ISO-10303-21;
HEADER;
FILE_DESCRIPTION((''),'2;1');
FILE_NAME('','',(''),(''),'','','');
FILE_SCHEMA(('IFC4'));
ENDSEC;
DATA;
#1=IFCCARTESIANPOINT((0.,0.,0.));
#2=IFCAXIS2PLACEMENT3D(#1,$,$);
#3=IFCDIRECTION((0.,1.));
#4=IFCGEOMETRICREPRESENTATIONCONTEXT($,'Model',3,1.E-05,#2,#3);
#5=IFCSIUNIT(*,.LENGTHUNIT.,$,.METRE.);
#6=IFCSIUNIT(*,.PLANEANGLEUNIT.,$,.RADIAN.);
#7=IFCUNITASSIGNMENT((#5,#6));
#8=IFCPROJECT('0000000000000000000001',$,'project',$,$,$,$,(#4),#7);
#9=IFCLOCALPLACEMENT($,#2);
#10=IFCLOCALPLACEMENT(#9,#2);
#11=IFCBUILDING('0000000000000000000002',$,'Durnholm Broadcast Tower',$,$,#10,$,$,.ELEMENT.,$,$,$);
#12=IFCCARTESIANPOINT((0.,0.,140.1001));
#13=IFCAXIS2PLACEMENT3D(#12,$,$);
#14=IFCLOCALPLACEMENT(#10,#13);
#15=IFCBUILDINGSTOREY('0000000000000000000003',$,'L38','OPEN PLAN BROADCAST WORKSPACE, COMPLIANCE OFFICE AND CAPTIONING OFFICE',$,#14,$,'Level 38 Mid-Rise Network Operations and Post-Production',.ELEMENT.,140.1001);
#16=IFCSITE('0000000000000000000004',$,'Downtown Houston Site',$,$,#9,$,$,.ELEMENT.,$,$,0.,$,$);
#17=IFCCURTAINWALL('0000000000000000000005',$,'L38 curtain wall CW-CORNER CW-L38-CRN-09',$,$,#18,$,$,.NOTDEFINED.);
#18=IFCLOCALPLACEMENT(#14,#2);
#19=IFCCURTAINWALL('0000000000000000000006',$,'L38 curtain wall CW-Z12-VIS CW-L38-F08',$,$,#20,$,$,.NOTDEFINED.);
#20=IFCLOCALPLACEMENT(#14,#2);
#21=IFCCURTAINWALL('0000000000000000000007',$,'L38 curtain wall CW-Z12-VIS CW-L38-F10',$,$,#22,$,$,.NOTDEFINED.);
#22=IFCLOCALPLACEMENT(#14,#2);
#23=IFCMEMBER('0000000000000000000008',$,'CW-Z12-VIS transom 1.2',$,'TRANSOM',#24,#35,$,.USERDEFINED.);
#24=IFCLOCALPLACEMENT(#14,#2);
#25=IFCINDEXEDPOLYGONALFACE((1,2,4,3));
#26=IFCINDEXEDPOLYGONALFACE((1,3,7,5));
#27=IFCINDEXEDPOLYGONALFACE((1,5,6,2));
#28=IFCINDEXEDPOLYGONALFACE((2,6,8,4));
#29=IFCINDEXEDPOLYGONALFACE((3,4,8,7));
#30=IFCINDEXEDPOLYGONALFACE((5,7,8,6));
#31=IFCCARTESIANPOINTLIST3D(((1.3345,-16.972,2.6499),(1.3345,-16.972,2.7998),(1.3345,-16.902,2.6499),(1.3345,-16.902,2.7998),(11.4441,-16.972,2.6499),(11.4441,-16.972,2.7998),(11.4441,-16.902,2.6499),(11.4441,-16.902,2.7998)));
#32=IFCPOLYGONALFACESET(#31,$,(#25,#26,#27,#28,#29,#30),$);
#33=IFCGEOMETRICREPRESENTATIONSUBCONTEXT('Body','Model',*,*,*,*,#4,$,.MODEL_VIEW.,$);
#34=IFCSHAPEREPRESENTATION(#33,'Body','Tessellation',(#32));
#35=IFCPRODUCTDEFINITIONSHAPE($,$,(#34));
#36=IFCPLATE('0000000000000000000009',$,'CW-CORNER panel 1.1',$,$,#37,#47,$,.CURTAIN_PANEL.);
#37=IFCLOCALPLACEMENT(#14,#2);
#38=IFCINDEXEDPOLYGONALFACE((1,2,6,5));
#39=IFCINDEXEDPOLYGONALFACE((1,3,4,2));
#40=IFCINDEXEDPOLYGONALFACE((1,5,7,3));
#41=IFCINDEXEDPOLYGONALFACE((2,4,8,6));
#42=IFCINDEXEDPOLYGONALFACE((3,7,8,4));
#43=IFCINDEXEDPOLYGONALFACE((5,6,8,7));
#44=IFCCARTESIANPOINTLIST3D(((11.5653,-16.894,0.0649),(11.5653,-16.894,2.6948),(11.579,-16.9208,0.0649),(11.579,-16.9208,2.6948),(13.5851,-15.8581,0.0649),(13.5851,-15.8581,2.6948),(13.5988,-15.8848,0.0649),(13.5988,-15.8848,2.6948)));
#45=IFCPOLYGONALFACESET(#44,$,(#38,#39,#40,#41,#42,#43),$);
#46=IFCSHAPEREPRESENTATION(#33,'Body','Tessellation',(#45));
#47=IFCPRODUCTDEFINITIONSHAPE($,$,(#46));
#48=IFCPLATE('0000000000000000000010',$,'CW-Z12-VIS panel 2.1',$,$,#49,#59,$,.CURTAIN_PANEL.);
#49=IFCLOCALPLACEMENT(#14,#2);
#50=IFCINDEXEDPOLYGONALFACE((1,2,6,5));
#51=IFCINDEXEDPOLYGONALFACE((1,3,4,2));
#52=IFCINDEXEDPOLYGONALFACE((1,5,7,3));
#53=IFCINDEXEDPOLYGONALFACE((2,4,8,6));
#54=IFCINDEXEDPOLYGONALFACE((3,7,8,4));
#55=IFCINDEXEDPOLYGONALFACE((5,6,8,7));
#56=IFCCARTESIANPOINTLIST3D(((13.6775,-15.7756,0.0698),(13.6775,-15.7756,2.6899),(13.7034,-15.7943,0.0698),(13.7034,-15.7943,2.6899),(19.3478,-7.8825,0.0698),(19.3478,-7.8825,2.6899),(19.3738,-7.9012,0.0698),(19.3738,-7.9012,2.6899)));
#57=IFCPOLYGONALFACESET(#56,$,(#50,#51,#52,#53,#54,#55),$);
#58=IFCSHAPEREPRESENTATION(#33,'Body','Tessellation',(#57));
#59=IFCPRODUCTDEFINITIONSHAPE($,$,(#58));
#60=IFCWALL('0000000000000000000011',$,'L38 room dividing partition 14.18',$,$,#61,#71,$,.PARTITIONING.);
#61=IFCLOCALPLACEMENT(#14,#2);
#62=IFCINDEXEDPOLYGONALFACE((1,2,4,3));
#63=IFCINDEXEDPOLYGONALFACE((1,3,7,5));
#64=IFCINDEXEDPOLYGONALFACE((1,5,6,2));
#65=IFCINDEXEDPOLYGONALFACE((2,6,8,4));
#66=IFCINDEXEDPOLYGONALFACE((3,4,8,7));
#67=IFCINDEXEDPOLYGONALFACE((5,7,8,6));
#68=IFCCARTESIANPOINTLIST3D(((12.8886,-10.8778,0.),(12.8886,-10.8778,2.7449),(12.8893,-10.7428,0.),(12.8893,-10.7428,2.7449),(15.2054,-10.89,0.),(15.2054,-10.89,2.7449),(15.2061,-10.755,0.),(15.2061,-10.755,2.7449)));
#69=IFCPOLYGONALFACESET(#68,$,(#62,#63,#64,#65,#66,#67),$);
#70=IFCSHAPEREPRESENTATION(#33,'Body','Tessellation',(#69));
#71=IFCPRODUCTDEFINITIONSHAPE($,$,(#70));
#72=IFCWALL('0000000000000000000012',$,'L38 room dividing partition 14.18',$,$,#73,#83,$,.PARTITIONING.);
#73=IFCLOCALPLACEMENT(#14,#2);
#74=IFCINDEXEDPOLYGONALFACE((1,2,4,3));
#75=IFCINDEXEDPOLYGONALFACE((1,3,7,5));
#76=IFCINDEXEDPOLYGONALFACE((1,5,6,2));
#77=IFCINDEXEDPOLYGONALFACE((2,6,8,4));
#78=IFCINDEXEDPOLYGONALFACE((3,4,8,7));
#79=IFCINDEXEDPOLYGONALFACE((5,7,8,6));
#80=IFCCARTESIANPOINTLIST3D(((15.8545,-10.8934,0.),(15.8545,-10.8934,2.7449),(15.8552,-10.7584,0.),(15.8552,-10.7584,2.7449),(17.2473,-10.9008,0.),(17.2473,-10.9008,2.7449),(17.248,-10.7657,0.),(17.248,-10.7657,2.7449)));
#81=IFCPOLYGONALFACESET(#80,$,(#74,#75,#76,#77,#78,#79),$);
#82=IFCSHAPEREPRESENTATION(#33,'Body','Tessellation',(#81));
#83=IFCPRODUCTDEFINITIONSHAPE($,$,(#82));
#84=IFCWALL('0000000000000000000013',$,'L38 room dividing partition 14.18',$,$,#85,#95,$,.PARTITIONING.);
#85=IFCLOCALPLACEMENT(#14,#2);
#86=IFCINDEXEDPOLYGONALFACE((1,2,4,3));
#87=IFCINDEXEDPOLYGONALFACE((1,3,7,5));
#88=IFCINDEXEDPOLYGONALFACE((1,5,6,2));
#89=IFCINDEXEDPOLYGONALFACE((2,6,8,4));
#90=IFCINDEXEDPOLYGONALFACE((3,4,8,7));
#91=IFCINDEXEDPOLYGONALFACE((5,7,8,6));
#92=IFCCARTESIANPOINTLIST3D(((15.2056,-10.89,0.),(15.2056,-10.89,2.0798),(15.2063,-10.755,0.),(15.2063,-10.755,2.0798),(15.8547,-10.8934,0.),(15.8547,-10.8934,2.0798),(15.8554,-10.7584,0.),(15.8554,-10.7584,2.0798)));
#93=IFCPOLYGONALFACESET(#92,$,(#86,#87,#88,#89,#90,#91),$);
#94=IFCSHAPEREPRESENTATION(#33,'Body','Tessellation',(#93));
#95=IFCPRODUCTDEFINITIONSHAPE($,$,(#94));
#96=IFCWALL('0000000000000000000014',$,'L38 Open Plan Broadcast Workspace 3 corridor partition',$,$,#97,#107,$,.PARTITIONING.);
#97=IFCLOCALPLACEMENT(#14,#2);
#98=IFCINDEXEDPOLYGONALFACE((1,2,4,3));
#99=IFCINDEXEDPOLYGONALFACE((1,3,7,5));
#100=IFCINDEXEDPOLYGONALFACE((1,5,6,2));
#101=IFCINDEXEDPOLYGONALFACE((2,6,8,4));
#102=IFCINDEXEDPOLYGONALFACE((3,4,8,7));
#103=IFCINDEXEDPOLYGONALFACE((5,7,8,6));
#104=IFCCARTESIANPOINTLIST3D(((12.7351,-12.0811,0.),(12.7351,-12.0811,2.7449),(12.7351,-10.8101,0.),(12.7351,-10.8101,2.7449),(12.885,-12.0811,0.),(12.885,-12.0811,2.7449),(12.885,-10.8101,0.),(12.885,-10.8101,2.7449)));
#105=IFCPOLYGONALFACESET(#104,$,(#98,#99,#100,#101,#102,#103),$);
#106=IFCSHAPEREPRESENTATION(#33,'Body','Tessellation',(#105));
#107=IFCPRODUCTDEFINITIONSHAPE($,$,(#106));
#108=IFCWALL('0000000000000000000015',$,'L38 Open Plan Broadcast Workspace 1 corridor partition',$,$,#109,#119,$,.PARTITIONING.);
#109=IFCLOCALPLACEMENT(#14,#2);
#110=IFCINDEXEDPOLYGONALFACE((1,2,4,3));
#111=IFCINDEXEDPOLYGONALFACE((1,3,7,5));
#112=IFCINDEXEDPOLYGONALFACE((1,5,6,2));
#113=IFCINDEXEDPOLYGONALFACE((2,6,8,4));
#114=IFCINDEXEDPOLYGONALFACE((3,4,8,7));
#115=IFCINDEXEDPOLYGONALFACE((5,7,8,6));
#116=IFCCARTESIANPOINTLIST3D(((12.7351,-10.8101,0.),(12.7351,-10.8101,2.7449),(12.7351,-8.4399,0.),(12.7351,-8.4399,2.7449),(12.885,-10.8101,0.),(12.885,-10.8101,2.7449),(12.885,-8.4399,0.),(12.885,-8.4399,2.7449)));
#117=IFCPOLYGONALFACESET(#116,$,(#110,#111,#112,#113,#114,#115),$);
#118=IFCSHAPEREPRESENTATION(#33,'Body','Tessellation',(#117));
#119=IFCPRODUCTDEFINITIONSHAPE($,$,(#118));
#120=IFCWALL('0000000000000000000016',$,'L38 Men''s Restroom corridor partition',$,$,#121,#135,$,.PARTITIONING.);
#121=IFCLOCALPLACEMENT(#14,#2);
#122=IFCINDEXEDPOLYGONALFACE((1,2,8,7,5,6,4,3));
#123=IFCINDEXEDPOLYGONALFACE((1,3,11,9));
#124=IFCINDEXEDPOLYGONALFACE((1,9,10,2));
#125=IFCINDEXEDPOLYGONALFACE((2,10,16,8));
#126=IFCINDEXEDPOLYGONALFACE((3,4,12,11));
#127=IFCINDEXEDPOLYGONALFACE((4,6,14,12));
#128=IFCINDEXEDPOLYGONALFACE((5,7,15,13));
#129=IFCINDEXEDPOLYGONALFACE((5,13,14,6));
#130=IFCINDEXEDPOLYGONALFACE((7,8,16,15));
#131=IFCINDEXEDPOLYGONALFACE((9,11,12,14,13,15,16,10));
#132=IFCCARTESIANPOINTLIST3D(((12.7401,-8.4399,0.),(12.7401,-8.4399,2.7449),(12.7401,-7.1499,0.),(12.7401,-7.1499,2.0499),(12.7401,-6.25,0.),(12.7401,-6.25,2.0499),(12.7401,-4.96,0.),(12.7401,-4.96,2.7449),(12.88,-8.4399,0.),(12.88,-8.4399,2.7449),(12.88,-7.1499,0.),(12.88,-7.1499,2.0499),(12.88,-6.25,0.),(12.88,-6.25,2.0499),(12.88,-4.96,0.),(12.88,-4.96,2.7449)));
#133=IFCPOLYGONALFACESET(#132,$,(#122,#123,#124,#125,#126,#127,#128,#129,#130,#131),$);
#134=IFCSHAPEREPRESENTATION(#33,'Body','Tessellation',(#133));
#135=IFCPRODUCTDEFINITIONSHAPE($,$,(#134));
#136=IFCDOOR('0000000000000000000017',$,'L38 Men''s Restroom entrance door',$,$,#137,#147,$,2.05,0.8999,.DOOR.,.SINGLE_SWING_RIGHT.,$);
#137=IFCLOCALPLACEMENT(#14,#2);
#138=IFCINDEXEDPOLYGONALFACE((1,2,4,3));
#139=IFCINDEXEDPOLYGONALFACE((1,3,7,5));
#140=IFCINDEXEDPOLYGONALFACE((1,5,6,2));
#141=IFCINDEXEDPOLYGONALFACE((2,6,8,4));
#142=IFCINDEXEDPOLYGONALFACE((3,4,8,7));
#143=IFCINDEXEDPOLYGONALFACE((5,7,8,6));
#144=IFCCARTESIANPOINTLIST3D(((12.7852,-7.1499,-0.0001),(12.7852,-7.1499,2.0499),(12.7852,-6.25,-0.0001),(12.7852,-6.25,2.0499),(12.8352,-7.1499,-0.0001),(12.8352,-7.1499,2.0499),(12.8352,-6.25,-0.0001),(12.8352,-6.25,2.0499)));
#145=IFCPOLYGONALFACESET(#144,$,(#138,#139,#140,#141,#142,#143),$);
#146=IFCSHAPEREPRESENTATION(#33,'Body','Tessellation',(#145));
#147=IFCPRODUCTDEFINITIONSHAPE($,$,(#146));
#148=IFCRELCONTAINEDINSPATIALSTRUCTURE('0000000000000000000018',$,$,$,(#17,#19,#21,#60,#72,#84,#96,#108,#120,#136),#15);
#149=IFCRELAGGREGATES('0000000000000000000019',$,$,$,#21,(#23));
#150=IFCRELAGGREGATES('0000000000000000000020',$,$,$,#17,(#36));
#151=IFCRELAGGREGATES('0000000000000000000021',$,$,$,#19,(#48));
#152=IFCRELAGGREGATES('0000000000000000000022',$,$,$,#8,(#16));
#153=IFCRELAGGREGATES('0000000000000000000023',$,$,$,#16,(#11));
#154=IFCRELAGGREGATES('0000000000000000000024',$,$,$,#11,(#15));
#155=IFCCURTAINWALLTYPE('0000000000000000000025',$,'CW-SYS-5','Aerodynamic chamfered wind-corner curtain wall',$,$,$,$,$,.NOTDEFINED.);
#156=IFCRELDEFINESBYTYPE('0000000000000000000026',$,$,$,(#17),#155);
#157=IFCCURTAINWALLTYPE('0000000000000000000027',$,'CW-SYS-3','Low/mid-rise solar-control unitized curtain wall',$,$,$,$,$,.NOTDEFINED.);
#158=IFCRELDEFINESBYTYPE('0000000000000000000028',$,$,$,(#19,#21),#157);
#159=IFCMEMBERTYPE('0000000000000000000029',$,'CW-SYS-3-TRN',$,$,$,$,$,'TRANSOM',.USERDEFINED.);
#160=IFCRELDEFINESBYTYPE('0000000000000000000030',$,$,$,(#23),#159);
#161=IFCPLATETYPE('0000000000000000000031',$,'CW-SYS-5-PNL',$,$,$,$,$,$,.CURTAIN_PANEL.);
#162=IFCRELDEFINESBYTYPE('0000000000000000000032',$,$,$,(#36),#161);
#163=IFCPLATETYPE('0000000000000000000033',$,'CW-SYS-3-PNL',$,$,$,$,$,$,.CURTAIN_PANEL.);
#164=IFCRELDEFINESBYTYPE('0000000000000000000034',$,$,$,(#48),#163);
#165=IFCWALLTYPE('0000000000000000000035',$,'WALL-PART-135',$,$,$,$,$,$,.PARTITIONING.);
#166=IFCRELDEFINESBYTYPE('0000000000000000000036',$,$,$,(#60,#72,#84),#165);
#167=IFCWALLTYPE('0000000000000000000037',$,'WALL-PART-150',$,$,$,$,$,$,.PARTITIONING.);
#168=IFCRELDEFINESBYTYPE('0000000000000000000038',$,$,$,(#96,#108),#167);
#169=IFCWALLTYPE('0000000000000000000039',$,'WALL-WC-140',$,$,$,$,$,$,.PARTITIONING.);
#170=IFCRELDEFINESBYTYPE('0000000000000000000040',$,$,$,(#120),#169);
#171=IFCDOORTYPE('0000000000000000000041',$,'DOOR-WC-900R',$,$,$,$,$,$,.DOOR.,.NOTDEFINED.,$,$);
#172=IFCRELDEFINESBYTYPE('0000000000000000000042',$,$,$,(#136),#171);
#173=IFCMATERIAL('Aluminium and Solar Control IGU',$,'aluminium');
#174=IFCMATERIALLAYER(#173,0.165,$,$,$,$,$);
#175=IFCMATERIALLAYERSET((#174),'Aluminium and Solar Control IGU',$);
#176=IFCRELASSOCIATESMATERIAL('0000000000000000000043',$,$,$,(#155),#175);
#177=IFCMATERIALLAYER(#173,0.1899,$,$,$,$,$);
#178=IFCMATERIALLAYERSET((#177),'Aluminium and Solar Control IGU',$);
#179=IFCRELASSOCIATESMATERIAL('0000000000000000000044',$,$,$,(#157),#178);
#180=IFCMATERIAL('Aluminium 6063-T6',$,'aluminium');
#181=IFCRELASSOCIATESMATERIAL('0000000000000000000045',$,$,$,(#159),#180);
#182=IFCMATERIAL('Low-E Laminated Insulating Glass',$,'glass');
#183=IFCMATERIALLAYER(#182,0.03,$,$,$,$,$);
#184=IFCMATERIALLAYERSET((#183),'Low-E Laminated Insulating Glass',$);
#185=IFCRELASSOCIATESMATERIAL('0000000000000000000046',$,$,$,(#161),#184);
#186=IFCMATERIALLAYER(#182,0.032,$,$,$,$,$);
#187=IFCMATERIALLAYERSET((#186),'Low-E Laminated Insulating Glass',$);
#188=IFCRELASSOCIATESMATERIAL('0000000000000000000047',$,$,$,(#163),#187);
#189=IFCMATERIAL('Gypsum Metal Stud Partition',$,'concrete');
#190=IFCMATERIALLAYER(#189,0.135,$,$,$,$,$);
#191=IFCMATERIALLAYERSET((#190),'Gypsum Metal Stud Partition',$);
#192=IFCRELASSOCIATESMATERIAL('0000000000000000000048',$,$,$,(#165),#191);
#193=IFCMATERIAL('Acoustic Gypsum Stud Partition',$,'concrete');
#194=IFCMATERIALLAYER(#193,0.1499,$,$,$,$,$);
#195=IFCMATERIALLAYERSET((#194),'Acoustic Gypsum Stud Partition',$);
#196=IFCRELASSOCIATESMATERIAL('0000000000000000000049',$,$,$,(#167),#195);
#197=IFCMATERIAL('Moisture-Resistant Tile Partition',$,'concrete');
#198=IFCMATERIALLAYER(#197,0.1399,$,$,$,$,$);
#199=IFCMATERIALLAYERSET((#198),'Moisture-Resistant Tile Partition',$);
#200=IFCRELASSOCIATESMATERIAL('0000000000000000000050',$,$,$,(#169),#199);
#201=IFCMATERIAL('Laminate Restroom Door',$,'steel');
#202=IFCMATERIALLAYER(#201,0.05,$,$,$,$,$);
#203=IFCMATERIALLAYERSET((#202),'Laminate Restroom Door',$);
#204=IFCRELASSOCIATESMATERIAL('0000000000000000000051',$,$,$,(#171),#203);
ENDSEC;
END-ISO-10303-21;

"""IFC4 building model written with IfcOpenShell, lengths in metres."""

from ifc_helpers import new_model, si_unit, direction, frame, frame_2d, origin, origin_2d, place, context, subcontext, project, spatial, rectangle, extrude, source, transform, mapped, material, layer, layer_set, material_profile, profile_set, type_object, type_shapes, element, fill, aggregate, save


model = new_model("IFC4")

# Units and contexts
model_context = context("Model", 3, precision=1e-05, world=origin(), true_north=direction((0.0, 1.0)))
body_context = subcontext(model_context, "Body", "Model", "MODEL_VIEW")
ifc_project = project(units=[si_unit("LENGTHUNIT", "METRE"), si_unit("PLANEANGLEUNIT", "RADIAN")], contexts=[model_context])

# Site, building, storey
site_placement = place(None, origin())
site = spatial("IfcSite", under=ifc_project, at=site_placement, Name="Downtown Houston Site", CompositionType="ELEMENT", RefElevation=0.0)
building_placement = place(site_placement, origin())
building = spatial("IfcBuilding", under=site, at=building_placement, Name="Durnholm Broadcast Tower", CompositionType="ELEMENT")
storey_placement = place(building_placement, frame((0.0, 0.0, 140.1001)))
storey = spatial("IfcBuildingStorey", under=building, at=storey_placement, Name="L38", Description="OPEN PLAN BROADCAST WORKSPACE, COMPLIANCE OFFICE AND CAPTIONING OFFICE", LongName="Level 38 Mid-Rise Network Operations and Post-Production", CompositionType="ELEMENT", Elevation=140.1001)

# Curtain wall
ifc_material_1 = material(Name="Aluminium and Solar Control IGU", Category="aluminium")
ifc_layer_1 = layer(ifc_material_1, 0.165)
ifc_layer_set_1 = layer_set([ifc_layer_1], Name="Aluminium and Solar Control IGU")
curtain_wall_type_1 = type_object("IfcCurtainWallType", Name="CW-SYS-5", Description="Aerodynamic chamfered wind-corner curtain wall", PredefinedType="NOTDEFINED", material=ifc_layer_set_1)
curtain_wall_1_placement = place(storey_placement, origin())
curtain_wall_1 = element("IfcCurtainWall", 1, at=curtain_wall_1_placement, inside=storey, type_object=curtain_wall_type_1, Name="L38 curtain wall CW-CORNER CW-L38-CRN-09", PredefinedType="NOTDEFINED")
ifc_material_2 = material(Name="Aluminium 6063-T6", Category="aluminium")

# Curtain walls
ifc_layer_2 = layer(ifc_material_1, 0.1899)
ifc_layer_set_2 = layer_set([ifc_layer_2], Name="Aluminium and Solar Control IGU")
curtain_wall_type_2 = type_object("IfcCurtainWallType", Name="CW-SYS-3", Description="Low/mid-rise solar-control unitized curtain wall", PredefinedType="NOTDEFINED", material=ifc_layer_set_2)
curtain_wall_2_placement = place(storey_placement, origin())
curtain_wall_2 = element("IfcCurtainWall", 2, at=curtain_wall_2_placement, inside=storey, type_object=curtain_wall_type_2, Name="L38 curtain wall CW-Z12-VIS CW-L38-F08", PredefinedType="NOTDEFINED")
curtain_wall_3_placement = place(storey_placement, origin())
curtain_wall_3 = element("IfcCurtainWall", 3, at=curtain_wall_3_placement, inside=storey, type_object=curtain_wall_type_2, Name="L38 curtain wall CW-Z12-VIS CW-L38-F10", PredefinedType="NOTDEFINED")

# Member
ifc_material_profile_1 = material_profile(ifc_material_2, rectangle(XDim=0.0701, YDim=0.1499, at=origin_2d()), Name="CWT70X150")
ifc_profile_set_1 = profile_set([ifc_material_profile_1], Name="Aluminium 6063-T6")
member_type_1 = type_object("IfcMemberType", Name="CW-SYS-3-TRN", ElementType="TRANSOM", PredefinedType="USERDEFINED", material=ifc_profile_set_1)
shared_shape_1 = source(origin(), body_context, "Body", "SweptSolid", [
    extrude(rectangle(XDim=0.0701, YDim=0.1499, at=origin_2d()), origin(), (0.0, 0.0, 1.0), 10.1096),
])
type_shapes(member_type_1, [shared_shape_1])
member_1_placement = place(storey_placement, frame((11.4441, -16.937, 2.7249), z_axis=(-1.0, 0.0, 0.0), x_axis=(0.0, -1.0, 0.0)))
member_1 = element("IfcMember", 4, at=member_1_placement, type_object=member_type_1, Name="CW-Z12-VIS transom 1.2", ObjectType="TRANSOM", PredefinedType="USERDEFINED", context=body_context, shape_type="MappedRepresentation", body=[
    mapped(shared_shape_1, transform((0.0, 0.0, 0.0), x_axis=(1.0, 0.0, 0.0), y_axis=(0.0, 1.0, 0.0), z_axis=(0.0, 0.0, 1.0), scale=1.0)),
])
aggregate(curtain_wall_3, [member_1])

# Plates
ifc_material_3 = material(Name="Low-E Laminated Insulating Glass", Category="glass")
ifc_layer_3 = layer(ifc_material_3, 0.03)
ifc_layer_set_3 = layer_set([ifc_layer_3], Name="Low-E Laminated Insulating Glass")
plate_type_1 = type_object("IfcPlateType", Name="CW-SYS-5-PNL", PredefinedType="CURTAIN_PANEL", material=ifc_layer_set_3)
shared_shape_2 = source(origin(), body_context, "Body", "SweptSolid", [
    extrude(rectangle(XDim=2.27, YDim=0.03, at=origin_2d()), origin(), (0.0, 0.0, 1.0), 2.6299),
])
type_shapes(plate_type_1, [shared_shape_2])
plate_1_placement = place(storey_placement, frame((12.582, -16.3894, 0.0649), z_axis=(0.0, 0.0, 1.0), x_axis=(-0.889788, -0.456373, 0.0)))
plate_1 = element("IfcPlate", 5, at=plate_1_placement, type_object=plate_type_1, Name="CW-CORNER panel 1.1", PredefinedType="CURTAIN_PANEL", context=body_context, shape_type="MappedRepresentation", body=[
    mapped(shared_shape_2, transform((0.0, 0.0, 0.0), x_axis=(1.0, 0.0, 0.0), y_axis=(0.0, 1.0, 0.0), z_axis=(0.0, 0.0, 1.0), scale=1.0)),
])
aggregate(curtain_wall_1, [plate_1])
ifc_layer_4 = layer(ifc_material_3, 0.032)
ifc_layer_set_4 = layer_set([ifc_layer_4], Name="Low-E Laminated Insulating Glass")
plate_type_2 = type_object("IfcPlateType", Name="CW-SYS-3-PNL", PredefinedType="CURTAIN_PANEL", material=ifc_layer_set_4)
shared_shape_3 = source(origin(), body_context, "Body", "SweptSolid", [
    extrude(rectangle(XDim=9.7188, YDim=0.032, at=origin_2d()), origin(), (0.0, 0.0, 1.0), 2.6201),
])
type_shapes(plate_type_2, [shared_shape_3])
plate_2_placement = place(storey_placement, frame((16.5256, -11.8384, 0.0698), z_axis=(0.0, 0.0, 1.0), x_axis=(-0.583445, -0.812152, 0.0)))
plate_2 = element("IfcPlate", 6, at=plate_2_placement, type_object=plate_type_2, Name="CW-Z12-VIS panel 2.1", PredefinedType="CURTAIN_PANEL", context=body_context, shape_type="MappedRepresentation", body=[
    mapped(shared_shape_3, transform((0.0, 0.0, 0.0), x_axis=(1.0, 0.0, 0.0), y_axis=(0.0, 1.0, 0.0), z_axis=(0.0, 0.0, 1.0), scale=1.0)),
])
aggregate(curtain_wall_2, [plate_2])

# Walls
ifc_material_4 = material(Name="Gypsum Metal Stud Partition", Category="concrete")
ifc_layer_5 = layer(ifc_material_4, 0.135)
ifc_layer_set_5 = layer_set([ifc_layer_5], Name="Gypsum Metal Stud Partition")
wall_type_1 = type_object("IfcWallType", Name="WALL-PART-135", PredefinedType="PARTITIONING", material=ifc_layer_set_5)
wall_1_placement = place(storey_placement, frame((12.8889, -10.8103, 0.0), z_axis=(0.0, 0.0, 1.0), x_axis=(0.999986, -0.005269, 0.0)))
element("IfcWall", 7, at=wall_1_placement, inside=storey, type_object=wall_type_1, Name="L38 room dividing partition 14.18", PredefinedType="PARTITIONING", context=body_context, shape_type="SweptSolid", body=[
    extrude(rectangle(XDim=2.3169, YDim=0.135, at=frame_2d((1.1584, 0.0))), origin(), (0.0, 0.0, 1.0), 2.7449),
])
wall_2_placement = place(storey_placement, frame((15.855, -10.8259, 0.0), z_axis=(0.0, 0.0, 1.0), x_axis=(0.999986, -0.005258, 0.0)))
element("IfcWall", 8, at=wall_2_placement, inside=storey, type_object=wall_type_1, Name="L38 room dividing partition 14.18", PredefinedType="PARTITIONING", context=body_context, shape_type="SweptSolid", body=[
    extrude(rectangle(XDim=1.3928, YDim=0.135, at=frame_2d((0.6963, 0.0))), origin(), (0.0, 0.0, 1.0), 2.7449),
])
wall_3_placement = place(storey_placement, frame((15.2058, -10.8225, 0.0), z_axis=(0.0, 0.0, 1.0), x_axis=(0.999986, -0.005265, 0.0)))
element("IfcWall", 9, at=wall_3_placement, inside=storey, type_object=wall_type_1, Name="L38 room dividing partition 14.18", PredefinedType="PARTITIONING", context=body_context, shape_type="SweptSolid", body=[
    extrude(rectangle(XDim=0.6492, YDim=0.135, at=frame_2d((0.3247, 0.0))), origin(), (0.0, 0.0, 1.0), 2.0798),
])
ifc_material_5 = material(Name="Acoustic Gypsum Stud Partition", Category="concrete")
ifc_layer_6 = layer(ifc_material_5, 0.1499)
ifc_layer_set_6 = layer_set([ifc_layer_6], Name="Acoustic Gypsum Stud Partition")
wall_type_2 = type_object("IfcWallType", Name="WALL-PART-150", PredefinedType="PARTITIONING", material=ifc_layer_set_6)
wall_4_placement = place(storey_placement, frame((12.8101, -12.0811, 0.0), z_axis=(0.0, 0.0, 1.0), x_axis=(0.0, 1.0, 0.0)))
element("IfcWall", 10, at=wall_4_placement, inside=storey, type_object=wall_type_2, Name="L38 Open Plan Broadcast Workspace 3 corridor partition", PredefinedType="PARTITIONING", context=body_context, shape_type="SweptSolid", body=[
    extrude(rectangle(XDim=1.271, YDim=0.1499, at=frame_2d((0.6355, 0.0))), origin(), (0.0, 0.0, 1.0), 2.7449),
])
wall_5_placement = place(storey_placement, frame((12.8101, -10.8101, 0.0), z_axis=(0.0, 0.0, 1.0), x_axis=(0.0, 1.0, 0.0)))
element("IfcWall", 11, at=wall_5_placement, inside=storey, type_object=wall_type_2, Name="L38 Open Plan Broadcast Workspace 1 corridor partition", PredefinedType="PARTITIONING", context=body_context, shape_type="SweptSolid", body=[
    extrude(rectangle(XDim=2.3701, YDim=0.1499, at=frame_2d((1.1851, 0.0))), origin(), (0.0, 0.0, 1.0), 2.7449),
])

# Wall, opening, door
ifc_material_6 = material(Name="Moisture-Resistant Tile Partition", Category="concrete")
ifc_layer_7 = layer(ifc_material_6, 0.1399)
ifc_layer_set_7 = layer_set([ifc_layer_7], Name="Moisture-Resistant Tile Partition")
wall_type_3 = type_object("IfcWallType", Name="WALL-WC-140", PredefinedType="PARTITIONING", material=ifc_layer_set_7)
wall_6_placement = place(storey_placement, frame((12.8101, -8.4399, 0.0), z_axis=(0.0, 0.0, 1.0), x_axis=(0.0, 1.0, 0.0)))
wall_6 = element("IfcWall", 12, at=wall_6_placement, inside=storey, type_object=wall_type_3, Name="L38 Men's Restroom corridor partition", PredefinedType="PARTITIONING", context=body_context, shape_type="SweptSolid", body=[
    extrude(rectangle(XDim=3.48, YDim=0.1399, at=frame_2d((1.74, 0.0))), origin(), (0.0, 0.0, 1.0), 2.7449),
])
opening_placement = place(wall_6_placement, frame((1.29, 0.0, 0.0)))
opening = element("IfcOpeningElement", 13, at=opening_placement, cuts=wall_6, PredefinedType="OPENING", context=body_context, shape_type="SweptSolid", body=[
    extrude(rectangle(XDim=0.8999, YDim=2.05, at=frame_2d((0.45, 1.0249))), frame((0.0, 0.0801, 0.0), z_axis=(0.0, -1.0, 0.0), x_axis=(1.0, 0.0, 0.0)), (0.0, 0.0, 1.0), 0.1599),
])
ifc_material_7 = material(Name="Laminate Restroom Door", Category="steel")
ifc_layer_8 = layer(ifc_material_7, 0.05)
ifc_layer_set_8 = layer_set([ifc_layer_8], Name="Laminate Restroom Door")
door_type = type_object("IfcDoorType", Name="DOOR-WC-900R", OperationType="NOTDEFINED", PredefinedType="DOOR", material=ifc_layer_set_8)
shared_shape_4 = source(origin(), body_context, "Body", "SweptSolid", [
    extrude(rectangle(XDim=0.8999, YDim=2.05, at=frame_2d((0.45, 1.0249))), frame((0.0, 0.0249, 0.0), z_axis=(0.0, -1.0, 0.0), x_axis=(1.0, 0.0, 0.0)), (0.0, 0.0, 1.0), 0.05),
])
type_shapes(door_type, [shared_shape_4])
door_placement = place(opening_placement, origin())
door = element("IfcDoor", 14, at=door_placement, inside=storey, type_object=door_type, Name="L38 Men's Restroom entrance door", OperationType="SINGLE_SWING_RIGHT", OverallHeight=2.05, OverallWidth=0.8999, PredefinedType="DOOR", context=body_context, shape_type="MappedRepresentation", body=[
    mapped(shared_shape_4, transform((0.0, 0.0, 0.0), x_axis=(1.0, 0.0, 0.0), y_axis=(0.0, 1.0, 0.0), z_axis=(0.0, 0.0, 1.0), scale=1.0)),
])
fill(opening, door)

save(model, "model.ifc")
